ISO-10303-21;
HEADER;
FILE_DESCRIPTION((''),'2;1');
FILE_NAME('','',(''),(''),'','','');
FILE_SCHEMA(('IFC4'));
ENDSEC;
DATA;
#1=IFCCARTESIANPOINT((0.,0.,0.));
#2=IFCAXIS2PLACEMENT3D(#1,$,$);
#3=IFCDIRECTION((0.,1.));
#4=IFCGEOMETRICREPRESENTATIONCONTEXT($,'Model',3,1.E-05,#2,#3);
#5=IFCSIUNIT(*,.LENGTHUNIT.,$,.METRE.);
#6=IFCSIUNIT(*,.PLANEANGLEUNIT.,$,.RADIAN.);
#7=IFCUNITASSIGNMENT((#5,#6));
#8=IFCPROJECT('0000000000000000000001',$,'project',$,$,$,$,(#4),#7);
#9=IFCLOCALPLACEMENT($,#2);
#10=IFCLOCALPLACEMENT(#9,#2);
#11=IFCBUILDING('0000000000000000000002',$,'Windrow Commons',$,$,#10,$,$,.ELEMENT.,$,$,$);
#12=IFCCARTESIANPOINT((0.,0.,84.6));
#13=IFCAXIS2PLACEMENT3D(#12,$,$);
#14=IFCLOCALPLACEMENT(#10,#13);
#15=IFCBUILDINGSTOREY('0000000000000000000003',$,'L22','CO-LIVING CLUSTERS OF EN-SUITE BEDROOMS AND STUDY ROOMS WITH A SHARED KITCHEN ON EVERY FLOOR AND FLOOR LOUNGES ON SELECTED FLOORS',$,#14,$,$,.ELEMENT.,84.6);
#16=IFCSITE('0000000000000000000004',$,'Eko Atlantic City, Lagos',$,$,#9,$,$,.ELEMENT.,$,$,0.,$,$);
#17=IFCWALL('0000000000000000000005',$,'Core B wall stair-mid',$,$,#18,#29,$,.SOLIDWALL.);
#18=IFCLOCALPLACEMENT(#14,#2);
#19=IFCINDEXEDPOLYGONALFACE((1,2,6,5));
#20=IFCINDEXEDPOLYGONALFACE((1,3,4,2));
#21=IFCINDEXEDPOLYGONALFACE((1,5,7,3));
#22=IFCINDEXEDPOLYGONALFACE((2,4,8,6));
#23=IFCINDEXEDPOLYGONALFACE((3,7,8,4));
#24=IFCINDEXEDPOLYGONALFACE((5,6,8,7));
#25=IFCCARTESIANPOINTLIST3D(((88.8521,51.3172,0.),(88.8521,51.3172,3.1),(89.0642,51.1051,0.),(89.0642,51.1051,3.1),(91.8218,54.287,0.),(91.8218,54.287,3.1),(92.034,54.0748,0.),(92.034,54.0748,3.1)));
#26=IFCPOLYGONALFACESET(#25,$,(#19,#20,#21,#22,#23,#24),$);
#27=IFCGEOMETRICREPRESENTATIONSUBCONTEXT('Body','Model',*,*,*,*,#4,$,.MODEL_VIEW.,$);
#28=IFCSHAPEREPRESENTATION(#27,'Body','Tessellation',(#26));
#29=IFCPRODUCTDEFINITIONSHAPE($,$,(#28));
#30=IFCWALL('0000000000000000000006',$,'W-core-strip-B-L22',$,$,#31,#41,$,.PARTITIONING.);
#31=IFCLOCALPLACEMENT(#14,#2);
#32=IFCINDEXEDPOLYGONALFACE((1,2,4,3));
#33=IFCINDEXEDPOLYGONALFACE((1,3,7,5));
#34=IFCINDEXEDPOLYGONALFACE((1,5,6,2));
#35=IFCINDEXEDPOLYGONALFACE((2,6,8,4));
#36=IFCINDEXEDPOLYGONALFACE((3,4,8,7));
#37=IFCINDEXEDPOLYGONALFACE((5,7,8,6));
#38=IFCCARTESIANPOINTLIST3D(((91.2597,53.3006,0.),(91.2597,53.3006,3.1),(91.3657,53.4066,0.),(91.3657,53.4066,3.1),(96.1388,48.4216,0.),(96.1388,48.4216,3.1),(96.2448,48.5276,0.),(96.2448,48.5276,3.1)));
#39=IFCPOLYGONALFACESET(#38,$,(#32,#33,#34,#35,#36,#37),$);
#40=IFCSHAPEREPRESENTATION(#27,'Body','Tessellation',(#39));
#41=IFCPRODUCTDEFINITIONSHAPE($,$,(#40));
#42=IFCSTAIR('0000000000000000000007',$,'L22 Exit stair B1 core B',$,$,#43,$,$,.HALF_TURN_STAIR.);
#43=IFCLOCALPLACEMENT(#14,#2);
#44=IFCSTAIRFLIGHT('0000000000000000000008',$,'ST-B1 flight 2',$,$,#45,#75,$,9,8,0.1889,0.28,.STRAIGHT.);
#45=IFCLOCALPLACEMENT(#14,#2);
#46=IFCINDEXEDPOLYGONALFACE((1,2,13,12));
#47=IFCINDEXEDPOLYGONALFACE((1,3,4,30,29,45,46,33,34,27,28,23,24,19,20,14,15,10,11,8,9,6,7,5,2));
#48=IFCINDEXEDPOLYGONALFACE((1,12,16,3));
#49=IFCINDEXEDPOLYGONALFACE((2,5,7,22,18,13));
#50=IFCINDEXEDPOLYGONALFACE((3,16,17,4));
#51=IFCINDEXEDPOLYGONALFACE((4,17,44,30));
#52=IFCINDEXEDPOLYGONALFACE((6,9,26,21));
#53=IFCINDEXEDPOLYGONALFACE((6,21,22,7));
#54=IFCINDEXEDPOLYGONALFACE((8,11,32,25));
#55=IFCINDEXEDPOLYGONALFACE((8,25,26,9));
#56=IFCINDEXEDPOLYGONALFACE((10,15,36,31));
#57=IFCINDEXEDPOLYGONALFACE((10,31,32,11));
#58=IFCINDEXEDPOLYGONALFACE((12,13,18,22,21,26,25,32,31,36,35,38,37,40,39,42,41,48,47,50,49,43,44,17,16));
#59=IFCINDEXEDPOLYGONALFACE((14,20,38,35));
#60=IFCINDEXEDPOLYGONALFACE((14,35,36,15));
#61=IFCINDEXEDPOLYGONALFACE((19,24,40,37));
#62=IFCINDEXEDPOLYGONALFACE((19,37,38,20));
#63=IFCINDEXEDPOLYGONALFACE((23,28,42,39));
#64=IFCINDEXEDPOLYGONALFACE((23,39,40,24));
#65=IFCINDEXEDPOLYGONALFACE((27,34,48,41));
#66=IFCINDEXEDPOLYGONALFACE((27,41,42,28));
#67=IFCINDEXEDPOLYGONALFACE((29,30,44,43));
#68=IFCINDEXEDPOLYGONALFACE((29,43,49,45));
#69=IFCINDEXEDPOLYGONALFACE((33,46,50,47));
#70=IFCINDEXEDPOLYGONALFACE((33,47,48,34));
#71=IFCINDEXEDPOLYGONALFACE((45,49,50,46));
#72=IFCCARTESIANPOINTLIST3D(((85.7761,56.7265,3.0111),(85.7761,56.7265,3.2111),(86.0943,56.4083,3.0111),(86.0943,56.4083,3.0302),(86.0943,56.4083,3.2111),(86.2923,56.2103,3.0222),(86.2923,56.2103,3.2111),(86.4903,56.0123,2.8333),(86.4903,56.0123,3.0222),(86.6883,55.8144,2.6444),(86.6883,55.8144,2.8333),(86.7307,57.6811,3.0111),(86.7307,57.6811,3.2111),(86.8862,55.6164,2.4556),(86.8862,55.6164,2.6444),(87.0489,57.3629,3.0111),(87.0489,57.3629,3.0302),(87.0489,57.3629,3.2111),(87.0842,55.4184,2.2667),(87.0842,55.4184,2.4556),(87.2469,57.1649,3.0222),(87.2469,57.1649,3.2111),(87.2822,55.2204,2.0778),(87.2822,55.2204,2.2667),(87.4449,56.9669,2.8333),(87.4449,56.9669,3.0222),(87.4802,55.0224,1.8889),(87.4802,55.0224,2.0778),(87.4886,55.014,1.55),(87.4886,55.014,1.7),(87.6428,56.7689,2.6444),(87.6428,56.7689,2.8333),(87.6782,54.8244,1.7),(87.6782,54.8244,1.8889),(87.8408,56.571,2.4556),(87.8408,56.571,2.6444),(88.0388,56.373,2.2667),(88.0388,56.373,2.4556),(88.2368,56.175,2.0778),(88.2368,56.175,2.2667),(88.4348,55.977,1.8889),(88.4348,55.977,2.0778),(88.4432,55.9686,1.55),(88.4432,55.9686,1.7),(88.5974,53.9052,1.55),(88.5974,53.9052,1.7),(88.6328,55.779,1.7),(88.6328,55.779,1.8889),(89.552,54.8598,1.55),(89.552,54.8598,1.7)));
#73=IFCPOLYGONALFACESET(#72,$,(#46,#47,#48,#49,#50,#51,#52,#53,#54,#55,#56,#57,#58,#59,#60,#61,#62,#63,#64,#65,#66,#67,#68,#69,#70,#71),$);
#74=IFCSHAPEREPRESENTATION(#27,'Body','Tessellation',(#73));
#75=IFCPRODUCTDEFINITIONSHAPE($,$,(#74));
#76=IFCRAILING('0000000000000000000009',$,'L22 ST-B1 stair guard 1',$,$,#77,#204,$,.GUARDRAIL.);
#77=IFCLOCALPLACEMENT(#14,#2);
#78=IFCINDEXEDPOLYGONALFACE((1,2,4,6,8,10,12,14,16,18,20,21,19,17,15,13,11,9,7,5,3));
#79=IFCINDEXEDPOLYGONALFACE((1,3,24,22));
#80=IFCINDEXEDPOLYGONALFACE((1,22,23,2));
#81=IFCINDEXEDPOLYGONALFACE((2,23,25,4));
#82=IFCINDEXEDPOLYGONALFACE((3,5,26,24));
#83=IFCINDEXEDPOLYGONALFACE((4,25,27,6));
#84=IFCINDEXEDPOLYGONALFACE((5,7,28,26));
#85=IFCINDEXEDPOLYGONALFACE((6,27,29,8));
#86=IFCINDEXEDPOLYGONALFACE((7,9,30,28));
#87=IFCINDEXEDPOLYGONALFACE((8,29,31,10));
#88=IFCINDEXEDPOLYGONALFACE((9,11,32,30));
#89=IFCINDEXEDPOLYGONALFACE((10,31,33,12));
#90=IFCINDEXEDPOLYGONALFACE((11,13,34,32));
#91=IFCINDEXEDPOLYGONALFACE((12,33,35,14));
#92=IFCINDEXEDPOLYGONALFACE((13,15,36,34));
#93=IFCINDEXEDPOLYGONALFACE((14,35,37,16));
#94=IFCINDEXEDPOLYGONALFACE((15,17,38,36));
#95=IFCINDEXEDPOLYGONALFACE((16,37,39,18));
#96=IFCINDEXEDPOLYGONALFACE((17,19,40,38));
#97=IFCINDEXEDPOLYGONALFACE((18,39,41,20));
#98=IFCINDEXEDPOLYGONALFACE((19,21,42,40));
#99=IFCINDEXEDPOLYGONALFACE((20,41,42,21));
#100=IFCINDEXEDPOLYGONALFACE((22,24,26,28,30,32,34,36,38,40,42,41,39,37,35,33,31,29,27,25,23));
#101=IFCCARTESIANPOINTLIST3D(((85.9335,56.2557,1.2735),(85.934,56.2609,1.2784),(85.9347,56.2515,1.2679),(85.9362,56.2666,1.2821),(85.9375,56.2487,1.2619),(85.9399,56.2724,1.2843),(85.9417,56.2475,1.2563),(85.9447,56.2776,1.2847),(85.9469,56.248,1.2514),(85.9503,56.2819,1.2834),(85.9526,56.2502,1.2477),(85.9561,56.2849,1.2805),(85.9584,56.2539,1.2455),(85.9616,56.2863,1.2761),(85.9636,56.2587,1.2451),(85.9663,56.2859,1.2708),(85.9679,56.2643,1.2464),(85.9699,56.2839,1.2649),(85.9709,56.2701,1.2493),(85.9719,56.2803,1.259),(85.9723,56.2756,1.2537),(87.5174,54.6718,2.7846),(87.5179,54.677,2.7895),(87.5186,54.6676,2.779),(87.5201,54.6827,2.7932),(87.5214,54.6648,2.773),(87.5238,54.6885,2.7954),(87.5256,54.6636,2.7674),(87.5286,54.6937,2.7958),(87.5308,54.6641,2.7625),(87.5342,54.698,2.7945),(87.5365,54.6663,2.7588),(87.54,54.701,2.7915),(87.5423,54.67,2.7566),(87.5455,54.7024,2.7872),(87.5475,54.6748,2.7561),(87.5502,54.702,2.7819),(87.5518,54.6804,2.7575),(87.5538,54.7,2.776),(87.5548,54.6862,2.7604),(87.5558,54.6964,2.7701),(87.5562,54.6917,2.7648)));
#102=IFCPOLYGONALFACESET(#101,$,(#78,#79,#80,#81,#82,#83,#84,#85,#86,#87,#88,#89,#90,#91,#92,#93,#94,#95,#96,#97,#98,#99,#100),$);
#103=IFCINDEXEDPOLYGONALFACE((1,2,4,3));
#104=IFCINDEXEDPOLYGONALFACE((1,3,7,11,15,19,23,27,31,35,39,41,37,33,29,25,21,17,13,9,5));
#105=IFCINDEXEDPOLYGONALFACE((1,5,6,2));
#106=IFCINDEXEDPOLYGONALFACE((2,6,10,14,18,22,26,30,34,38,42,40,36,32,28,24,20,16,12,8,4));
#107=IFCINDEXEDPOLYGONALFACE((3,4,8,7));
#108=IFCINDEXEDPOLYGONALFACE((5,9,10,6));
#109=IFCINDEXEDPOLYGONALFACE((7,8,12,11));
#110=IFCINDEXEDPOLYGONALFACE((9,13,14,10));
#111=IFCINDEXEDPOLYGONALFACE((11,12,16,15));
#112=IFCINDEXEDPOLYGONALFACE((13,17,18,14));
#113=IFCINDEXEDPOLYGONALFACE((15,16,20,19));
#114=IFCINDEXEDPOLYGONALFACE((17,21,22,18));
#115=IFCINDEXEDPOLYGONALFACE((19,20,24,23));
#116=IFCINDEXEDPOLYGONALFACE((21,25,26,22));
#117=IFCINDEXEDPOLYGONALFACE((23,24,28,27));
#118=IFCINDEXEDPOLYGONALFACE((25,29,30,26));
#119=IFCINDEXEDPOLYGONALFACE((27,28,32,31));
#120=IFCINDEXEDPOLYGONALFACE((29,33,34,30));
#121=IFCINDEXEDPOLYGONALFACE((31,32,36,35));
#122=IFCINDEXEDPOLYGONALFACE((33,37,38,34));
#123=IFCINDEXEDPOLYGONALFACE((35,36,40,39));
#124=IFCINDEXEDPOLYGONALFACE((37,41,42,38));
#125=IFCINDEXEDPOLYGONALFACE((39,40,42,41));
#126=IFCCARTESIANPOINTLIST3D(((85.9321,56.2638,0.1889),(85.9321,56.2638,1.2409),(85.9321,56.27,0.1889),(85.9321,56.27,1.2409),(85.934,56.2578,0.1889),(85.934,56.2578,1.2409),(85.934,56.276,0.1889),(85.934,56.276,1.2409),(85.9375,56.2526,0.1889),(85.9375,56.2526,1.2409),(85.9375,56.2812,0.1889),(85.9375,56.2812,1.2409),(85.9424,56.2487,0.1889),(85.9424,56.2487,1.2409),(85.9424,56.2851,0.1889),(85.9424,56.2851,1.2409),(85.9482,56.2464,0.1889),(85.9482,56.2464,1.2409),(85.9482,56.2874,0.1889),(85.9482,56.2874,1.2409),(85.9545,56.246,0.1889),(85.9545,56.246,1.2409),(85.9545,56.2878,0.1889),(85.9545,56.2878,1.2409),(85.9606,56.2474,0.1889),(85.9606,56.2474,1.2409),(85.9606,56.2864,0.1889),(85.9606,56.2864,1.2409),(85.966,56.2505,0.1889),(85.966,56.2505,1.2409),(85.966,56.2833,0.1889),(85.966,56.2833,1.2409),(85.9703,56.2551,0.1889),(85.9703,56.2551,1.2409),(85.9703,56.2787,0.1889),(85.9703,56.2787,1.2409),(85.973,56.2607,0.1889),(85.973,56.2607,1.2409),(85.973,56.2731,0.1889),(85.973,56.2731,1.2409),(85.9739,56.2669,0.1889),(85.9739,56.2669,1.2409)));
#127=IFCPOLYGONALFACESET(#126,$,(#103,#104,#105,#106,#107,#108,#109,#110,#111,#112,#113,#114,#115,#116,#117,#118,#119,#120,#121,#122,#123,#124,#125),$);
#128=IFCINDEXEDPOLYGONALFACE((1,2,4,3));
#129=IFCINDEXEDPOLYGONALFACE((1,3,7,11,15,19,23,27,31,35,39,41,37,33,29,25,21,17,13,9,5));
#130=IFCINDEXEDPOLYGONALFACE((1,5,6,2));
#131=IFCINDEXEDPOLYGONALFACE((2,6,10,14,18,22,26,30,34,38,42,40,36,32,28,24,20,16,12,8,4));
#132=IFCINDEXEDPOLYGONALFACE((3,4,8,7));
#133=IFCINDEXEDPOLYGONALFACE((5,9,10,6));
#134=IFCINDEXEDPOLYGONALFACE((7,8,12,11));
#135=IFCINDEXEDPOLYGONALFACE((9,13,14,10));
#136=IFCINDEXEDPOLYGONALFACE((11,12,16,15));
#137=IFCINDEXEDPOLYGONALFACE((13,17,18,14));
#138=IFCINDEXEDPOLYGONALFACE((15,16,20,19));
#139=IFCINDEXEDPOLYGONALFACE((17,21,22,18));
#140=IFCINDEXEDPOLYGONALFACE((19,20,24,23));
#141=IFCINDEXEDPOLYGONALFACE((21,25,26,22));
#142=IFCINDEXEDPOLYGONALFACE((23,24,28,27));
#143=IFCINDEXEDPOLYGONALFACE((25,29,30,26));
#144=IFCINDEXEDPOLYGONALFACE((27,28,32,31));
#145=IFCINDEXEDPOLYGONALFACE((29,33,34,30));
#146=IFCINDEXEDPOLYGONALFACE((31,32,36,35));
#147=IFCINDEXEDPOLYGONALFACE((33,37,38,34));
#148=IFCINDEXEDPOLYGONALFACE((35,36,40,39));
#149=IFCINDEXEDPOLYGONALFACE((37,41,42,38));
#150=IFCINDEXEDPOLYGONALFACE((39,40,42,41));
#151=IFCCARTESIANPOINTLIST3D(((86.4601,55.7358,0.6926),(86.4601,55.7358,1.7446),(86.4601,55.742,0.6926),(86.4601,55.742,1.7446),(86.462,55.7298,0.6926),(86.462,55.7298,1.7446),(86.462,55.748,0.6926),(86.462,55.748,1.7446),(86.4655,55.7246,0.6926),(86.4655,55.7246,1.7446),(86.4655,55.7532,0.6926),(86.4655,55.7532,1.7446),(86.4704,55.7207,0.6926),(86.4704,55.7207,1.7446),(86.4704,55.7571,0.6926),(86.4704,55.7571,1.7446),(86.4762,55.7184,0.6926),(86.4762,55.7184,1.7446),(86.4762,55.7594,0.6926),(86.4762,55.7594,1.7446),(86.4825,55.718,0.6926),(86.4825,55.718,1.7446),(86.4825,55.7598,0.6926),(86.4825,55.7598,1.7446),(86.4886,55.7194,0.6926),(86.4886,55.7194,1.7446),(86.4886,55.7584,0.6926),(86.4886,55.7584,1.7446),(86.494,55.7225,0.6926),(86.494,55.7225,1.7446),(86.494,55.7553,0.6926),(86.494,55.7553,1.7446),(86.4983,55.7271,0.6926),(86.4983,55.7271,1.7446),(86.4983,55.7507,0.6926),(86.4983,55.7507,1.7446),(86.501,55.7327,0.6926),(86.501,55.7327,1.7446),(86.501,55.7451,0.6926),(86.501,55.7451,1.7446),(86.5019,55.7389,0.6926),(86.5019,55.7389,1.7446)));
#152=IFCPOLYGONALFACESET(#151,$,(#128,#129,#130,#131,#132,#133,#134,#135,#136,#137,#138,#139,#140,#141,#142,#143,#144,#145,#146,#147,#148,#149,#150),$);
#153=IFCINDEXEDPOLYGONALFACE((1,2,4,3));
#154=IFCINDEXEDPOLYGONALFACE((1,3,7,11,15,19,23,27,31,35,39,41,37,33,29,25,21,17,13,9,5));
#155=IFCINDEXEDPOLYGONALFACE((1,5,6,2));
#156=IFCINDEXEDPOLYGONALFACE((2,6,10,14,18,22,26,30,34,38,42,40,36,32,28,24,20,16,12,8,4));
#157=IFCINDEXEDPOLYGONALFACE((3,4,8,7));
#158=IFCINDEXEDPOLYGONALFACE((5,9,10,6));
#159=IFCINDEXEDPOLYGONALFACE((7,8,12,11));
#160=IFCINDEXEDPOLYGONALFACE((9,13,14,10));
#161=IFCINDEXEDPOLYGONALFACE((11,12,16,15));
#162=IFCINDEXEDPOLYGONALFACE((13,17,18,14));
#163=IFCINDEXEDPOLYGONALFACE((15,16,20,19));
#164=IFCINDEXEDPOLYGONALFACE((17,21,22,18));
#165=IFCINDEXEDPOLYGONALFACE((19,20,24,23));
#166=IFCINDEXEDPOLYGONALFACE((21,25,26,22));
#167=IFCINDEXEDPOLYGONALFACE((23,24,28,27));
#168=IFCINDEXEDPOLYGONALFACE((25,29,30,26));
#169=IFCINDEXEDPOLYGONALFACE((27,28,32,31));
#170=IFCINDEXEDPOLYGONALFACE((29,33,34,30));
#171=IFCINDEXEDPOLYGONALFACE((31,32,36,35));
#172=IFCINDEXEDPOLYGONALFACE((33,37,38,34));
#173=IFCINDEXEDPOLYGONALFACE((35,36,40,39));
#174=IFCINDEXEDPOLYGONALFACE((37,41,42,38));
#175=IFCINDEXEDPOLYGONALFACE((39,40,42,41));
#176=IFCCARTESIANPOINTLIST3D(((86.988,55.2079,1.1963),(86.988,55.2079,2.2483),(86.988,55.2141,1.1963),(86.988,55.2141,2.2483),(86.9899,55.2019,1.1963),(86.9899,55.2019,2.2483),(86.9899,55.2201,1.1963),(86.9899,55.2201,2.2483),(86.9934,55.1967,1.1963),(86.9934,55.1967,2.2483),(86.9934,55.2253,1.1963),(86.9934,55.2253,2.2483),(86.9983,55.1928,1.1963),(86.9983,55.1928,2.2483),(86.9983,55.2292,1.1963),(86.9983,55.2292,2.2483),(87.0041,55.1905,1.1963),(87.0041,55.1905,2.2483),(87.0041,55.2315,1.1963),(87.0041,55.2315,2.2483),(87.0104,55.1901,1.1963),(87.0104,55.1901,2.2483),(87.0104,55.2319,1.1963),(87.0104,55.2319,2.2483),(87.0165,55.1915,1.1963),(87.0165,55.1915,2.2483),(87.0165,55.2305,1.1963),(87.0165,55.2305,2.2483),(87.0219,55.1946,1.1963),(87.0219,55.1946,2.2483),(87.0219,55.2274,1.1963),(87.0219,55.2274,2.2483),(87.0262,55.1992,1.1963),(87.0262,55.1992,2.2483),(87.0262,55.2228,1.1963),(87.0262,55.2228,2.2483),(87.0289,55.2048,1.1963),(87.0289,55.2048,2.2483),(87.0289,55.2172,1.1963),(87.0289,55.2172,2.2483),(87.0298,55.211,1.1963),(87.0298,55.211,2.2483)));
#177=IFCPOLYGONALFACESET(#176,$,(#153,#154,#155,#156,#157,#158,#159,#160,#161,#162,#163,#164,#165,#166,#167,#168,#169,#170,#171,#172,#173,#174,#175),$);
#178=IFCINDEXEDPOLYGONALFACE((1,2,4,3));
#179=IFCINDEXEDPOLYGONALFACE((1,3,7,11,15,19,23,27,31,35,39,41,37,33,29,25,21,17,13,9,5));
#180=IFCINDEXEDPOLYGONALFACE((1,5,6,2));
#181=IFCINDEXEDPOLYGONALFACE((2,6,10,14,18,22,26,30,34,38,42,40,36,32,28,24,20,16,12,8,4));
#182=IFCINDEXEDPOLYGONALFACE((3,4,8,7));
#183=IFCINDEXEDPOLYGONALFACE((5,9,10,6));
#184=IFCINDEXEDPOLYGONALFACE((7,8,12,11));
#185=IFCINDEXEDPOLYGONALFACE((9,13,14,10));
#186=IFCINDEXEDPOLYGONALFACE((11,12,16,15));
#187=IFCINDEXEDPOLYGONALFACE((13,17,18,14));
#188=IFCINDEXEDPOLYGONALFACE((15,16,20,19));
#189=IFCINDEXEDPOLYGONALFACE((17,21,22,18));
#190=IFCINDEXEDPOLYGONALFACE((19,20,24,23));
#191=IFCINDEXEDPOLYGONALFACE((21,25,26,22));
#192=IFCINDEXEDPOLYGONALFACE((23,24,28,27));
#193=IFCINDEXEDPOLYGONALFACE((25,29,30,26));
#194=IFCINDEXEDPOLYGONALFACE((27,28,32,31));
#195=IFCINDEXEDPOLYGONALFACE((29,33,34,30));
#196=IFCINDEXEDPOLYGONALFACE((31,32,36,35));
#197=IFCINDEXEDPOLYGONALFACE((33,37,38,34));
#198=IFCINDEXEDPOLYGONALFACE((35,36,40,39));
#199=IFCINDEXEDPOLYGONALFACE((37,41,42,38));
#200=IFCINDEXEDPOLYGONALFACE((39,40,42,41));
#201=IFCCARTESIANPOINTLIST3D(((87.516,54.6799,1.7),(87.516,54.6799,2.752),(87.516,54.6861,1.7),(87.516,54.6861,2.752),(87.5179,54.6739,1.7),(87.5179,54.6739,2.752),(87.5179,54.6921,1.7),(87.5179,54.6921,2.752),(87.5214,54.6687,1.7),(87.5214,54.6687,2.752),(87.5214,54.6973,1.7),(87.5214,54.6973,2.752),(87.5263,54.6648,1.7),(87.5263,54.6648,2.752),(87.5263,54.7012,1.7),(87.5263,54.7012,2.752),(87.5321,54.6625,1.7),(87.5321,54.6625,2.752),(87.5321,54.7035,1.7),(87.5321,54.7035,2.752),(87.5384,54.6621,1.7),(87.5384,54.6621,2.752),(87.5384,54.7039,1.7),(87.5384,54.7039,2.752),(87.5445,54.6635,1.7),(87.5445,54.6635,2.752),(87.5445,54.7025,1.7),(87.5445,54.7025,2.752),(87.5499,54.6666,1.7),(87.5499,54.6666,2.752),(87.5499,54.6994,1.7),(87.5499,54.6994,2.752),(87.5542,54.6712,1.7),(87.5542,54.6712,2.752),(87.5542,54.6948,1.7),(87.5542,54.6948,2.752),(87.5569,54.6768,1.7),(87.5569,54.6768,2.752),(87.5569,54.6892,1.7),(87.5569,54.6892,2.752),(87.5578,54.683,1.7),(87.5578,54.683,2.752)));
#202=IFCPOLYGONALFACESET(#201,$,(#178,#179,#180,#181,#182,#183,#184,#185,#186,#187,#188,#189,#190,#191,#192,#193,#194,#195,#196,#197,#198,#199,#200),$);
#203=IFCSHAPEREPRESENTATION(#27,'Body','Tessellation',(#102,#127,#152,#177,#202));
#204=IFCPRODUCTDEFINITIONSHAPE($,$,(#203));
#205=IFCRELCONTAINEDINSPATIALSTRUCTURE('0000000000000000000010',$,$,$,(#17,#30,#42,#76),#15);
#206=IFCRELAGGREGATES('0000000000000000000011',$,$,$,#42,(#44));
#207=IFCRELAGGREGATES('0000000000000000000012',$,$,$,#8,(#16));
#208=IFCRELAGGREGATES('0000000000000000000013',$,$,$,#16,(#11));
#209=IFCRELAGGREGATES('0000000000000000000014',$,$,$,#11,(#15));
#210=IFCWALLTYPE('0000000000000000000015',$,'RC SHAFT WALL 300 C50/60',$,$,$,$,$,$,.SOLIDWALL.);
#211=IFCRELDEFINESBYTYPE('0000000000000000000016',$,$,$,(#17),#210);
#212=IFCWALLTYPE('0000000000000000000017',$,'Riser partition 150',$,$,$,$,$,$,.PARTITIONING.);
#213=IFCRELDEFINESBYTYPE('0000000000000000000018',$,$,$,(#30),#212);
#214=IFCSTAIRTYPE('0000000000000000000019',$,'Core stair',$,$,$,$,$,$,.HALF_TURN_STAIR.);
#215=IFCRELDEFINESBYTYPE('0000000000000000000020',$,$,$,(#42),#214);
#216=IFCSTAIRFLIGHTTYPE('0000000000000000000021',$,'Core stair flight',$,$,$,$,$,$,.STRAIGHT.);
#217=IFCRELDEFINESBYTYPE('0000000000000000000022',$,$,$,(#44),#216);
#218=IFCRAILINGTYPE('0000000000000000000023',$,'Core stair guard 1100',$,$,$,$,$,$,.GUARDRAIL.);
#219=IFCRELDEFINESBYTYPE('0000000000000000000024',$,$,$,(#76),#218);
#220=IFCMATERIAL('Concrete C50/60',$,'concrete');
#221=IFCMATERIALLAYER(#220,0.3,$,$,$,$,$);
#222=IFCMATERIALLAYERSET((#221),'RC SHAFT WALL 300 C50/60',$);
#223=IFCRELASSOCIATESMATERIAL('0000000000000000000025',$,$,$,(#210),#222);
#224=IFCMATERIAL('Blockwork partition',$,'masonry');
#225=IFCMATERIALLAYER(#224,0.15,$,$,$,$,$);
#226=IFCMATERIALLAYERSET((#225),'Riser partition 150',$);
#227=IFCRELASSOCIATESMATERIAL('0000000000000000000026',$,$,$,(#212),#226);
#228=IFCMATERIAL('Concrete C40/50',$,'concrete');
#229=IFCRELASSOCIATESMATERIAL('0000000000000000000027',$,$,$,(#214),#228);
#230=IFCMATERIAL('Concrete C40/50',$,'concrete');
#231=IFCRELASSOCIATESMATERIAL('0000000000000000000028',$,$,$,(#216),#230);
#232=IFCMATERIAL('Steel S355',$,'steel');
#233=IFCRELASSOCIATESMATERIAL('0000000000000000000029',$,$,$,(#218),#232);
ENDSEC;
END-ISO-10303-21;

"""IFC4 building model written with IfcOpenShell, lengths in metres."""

from ifc_helpers import new_model, si_unit, direction, frame, frame_2d, origin, origin_2d, place, context, subcontext, project, spatial, polyline, rectangle, circle, outline, extrude, material, layer, layer_set, type_object, element, aggregate, save


model = new_model("IFC4")

# Units and contexts
model_context = context("Model", 3, precision=1e-05, world=origin(), true_north=direction((0.0, 1.0)))
body_context = subcontext(model_context, "Body", "Model", "MODEL_VIEW")
ifc_project = project(units=[si_unit("LENGTHUNIT", "METRE"), si_unit("PLANEANGLEUNIT", "RADIAN")], contexts=[model_context])

# Site, building, storey
site_placement = place(None, origin())
site = spatial("IfcSite", under=ifc_project, at=site_placement, Name="Eko Atlantic City, Lagos", CompositionType="ELEMENT", RefElevation=0.0)
building_placement = place(site_placement, origin())
building = spatial("IfcBuilding", under=site, at=building_placement, Name="Windrow Commons", CompositionType="ELEMENT")
storey_placement = place(building_placement, frame((0.0, 0.0, 84.6)))
storey = spatial("IfcBuildingStorey", under=building, at=storey_placement, Name="L22", Description="CO-LIVING CLUSTERS OF EN-SUITE BEDROOMS AND STUDY ROOMS WITH A SHARED KITCHEN ON EVERY FLOOR AND FLOOR LOUNGES ON SELECTED FLOORS", CompositionType="ELEMENT", Elevation=84.6)

# Walls
ifc_material_1 = material(Name="Concrete C50/60", Category="concrete")
ifc_layer_1 = layer(ifc_material_1, 0.3)
ifc_layer_set_1 = layer_set([ifc_layer_1], Name="RC SHAFT WALL 300 C50/60")
wall_type_1 = type_object("IfcWallType", Name="RC SHAFT WALL 300 C50/60", PredefinedType="SOLIDWALL", material=ifc_layer_set_1)
wall_1_placement = place(storey_placement, frame((88.9581, 51.2111, 0.0), z_axis=(0.0, 0.0, 1.0), x_axis=(0.707107, 0.707107, 0.0)))
element("IfcWall", 1, at=wall_1_placement, inside=storey, type_object=wall_type_1, Name="Core B wall stair-mid", PredefinedType="SOLIDWALL", context=body_context, shape_type="SweptSolid", body=[
    extrude(rectangle(XDim=4.1999, YDim=0.3, at=frame_2d((2.1, 0.0))), origin(), (0.0, 0.0, 1.0), 3.1),
])
ifc_material_2 = material(Name="Blockwork partition", Category="masonry")
ifc_layer_2 = layer(ifc_material_2, 0.15)
ifc_layer_set_2 = layer_set([ifc_layer_2], Name="Riser partition 150")
wall_type_2 = type_object("IfcWallType", Name="Riser partition 150", PredefinedType="PARTITIONING", material=ifc_layer_set_2)
wall_2_placement = place(storey_placement, frame((91.3127, 53.3536, 0.0), z_axis=(0.0, 0.0, 1.0), x_axis=(0.707114, -0.7071, 0.0)))
element("IfcWall", 2, at=wall_2_placement, inside=storey, type_object=wall_type_2, Name="W-core-strip-B-L22", PredefinedType="PARTITIONING", context=body_context, shape_type="SweptSolid", body=[
    extrude(rectangle(XDim=6.9, YDim=0.15, at=frame_2d((3.45, 0.0))), origin(), (0.0, 0.0, 1.0), 3.1),
])

# Stair, stair flight
ifc_material_3 = material(Name="Concrete C40/50", Category="concrete")
stair_type = type_object("IfcStairType", Name="Core stair", PredefinedType="HALF_TURN_STAIR", material=ifc_material_3)
stair_placement = place(storey_placement, origin())
stair = element("IfcStair", 3, at=stair_placement, inside=storey, type_object=stair_type, Name="L22 Exit stair B1 core B", PredefinedType="HALF_TURN_STAIR")
ifc_material_4 = material(Name="Concrete C40/50", Category="concrete")
stair_flight_type = type_object("IfcStairFlightType", Name="Core stair flight", PredefinedType="STRAIGHT", material=ifc_material_4)
stair_flight_placement = place(storey_placement, frame((88.1555, 55.3017, 1.7), z_axis=(0.0, 0.0, 1.0), x_axis=(-0.707107, 0.707107, 0.0)))
stair_flight = element("IfcStairFlight", 4, at=stair_flight_placement, type_object=stair_flight_type, Name="ST-B1 flight 2", NumberOfRisers=9, NumberOfTreads=8, PredefinedType="STRAIGHT", RiserHeight=0.1889, TreadLength=0.28, context=body_context, shape_type="SweptSolid", body=[
    extrude(outline(polyline([(-1.3, -0.15), (-1.3, 0.0), (0.0, 0.0), (0.0, 0.1889), (0.28, 0.1889), (0.28, 0.3778), (0.56, 0.3778), (0.56, 0.5667), (0.84, 0.5667), (0.84, 0.7556), (1.12, 0.7556), (1.12, 0.9444), (1.4, 0.9444), (1.4, 1.1333), (1.68, 1.1333), (1.68, 1.3222), (1.96, 1.3222), (1.96, 1.5111), (2.24, 1.5111), (2.69, 1.5111), (2.69, 1.3111), (2.24, 1.3111), (2.24, 1.3302), (0.2682, 0.0), (0.2682, -0.15), (-1.3, -0.15)])), frame((0.0, 0.675, 0.0), z_axis=(0.0, -1.0, 0.0), x_axis=(1.0, 0.0, 0.0)), (0.0, 0.0, 1.0), 1.35),
])
aggregate(stair, [stair_flight])

# Railing
ifc_material_5 = material(Name="Steel S355", Category="steel")
railing_type_1 = type_object("IfcRailingType", Name="Core stair guard 1100", PredefinedType="GUARDRAIL", material=ifc_material_5)
railing_1_placement = place(storey_placement, frame((85.9529, 56.2669, 0.1889)))
element("IfcRailing", 5, at=railing_1_placement, inside=storey, type_object=railing_type_1, Name="L22 ST-B1 stair guard 1", PredefinedType="GUARDRAIL", context=body_context, shape_type="SweptSolid", body=[
    extrude(circle(Radius=0.024, at=origin_2d()), frame((0.0, 0.0, 1.076), z_axis=(0.586191, -0.586191, 0.559249), x_axis=(0.707107, 0.707107, 0.0)), (0.0, 0.0, 1.0), 2.702),
    extrude(circle(Radius=0.021, at=origin_2d()), origin(), (0.0, 0.0, 1.0), 1.052),
    extrude(circle(Radius=0.021, at=origin_2d()), frame((0.528, -0.528, 0.5037)), (0.0, 0.0, 1.0), 1.052),
    extrude(circle(Radius=0.021, at=origin_2d()), frame((1.0559, -1.0559, 1.0074)), (0.0, 0.0, 1.0), 1.052),
    extrude(circle(Radius=0.021, at=origin_2d()), frame((1.5839, -1.5839, 1.5111)), (0.0, 0.0, 1.0), 1.052),
])

save(model, "model.ifc")
